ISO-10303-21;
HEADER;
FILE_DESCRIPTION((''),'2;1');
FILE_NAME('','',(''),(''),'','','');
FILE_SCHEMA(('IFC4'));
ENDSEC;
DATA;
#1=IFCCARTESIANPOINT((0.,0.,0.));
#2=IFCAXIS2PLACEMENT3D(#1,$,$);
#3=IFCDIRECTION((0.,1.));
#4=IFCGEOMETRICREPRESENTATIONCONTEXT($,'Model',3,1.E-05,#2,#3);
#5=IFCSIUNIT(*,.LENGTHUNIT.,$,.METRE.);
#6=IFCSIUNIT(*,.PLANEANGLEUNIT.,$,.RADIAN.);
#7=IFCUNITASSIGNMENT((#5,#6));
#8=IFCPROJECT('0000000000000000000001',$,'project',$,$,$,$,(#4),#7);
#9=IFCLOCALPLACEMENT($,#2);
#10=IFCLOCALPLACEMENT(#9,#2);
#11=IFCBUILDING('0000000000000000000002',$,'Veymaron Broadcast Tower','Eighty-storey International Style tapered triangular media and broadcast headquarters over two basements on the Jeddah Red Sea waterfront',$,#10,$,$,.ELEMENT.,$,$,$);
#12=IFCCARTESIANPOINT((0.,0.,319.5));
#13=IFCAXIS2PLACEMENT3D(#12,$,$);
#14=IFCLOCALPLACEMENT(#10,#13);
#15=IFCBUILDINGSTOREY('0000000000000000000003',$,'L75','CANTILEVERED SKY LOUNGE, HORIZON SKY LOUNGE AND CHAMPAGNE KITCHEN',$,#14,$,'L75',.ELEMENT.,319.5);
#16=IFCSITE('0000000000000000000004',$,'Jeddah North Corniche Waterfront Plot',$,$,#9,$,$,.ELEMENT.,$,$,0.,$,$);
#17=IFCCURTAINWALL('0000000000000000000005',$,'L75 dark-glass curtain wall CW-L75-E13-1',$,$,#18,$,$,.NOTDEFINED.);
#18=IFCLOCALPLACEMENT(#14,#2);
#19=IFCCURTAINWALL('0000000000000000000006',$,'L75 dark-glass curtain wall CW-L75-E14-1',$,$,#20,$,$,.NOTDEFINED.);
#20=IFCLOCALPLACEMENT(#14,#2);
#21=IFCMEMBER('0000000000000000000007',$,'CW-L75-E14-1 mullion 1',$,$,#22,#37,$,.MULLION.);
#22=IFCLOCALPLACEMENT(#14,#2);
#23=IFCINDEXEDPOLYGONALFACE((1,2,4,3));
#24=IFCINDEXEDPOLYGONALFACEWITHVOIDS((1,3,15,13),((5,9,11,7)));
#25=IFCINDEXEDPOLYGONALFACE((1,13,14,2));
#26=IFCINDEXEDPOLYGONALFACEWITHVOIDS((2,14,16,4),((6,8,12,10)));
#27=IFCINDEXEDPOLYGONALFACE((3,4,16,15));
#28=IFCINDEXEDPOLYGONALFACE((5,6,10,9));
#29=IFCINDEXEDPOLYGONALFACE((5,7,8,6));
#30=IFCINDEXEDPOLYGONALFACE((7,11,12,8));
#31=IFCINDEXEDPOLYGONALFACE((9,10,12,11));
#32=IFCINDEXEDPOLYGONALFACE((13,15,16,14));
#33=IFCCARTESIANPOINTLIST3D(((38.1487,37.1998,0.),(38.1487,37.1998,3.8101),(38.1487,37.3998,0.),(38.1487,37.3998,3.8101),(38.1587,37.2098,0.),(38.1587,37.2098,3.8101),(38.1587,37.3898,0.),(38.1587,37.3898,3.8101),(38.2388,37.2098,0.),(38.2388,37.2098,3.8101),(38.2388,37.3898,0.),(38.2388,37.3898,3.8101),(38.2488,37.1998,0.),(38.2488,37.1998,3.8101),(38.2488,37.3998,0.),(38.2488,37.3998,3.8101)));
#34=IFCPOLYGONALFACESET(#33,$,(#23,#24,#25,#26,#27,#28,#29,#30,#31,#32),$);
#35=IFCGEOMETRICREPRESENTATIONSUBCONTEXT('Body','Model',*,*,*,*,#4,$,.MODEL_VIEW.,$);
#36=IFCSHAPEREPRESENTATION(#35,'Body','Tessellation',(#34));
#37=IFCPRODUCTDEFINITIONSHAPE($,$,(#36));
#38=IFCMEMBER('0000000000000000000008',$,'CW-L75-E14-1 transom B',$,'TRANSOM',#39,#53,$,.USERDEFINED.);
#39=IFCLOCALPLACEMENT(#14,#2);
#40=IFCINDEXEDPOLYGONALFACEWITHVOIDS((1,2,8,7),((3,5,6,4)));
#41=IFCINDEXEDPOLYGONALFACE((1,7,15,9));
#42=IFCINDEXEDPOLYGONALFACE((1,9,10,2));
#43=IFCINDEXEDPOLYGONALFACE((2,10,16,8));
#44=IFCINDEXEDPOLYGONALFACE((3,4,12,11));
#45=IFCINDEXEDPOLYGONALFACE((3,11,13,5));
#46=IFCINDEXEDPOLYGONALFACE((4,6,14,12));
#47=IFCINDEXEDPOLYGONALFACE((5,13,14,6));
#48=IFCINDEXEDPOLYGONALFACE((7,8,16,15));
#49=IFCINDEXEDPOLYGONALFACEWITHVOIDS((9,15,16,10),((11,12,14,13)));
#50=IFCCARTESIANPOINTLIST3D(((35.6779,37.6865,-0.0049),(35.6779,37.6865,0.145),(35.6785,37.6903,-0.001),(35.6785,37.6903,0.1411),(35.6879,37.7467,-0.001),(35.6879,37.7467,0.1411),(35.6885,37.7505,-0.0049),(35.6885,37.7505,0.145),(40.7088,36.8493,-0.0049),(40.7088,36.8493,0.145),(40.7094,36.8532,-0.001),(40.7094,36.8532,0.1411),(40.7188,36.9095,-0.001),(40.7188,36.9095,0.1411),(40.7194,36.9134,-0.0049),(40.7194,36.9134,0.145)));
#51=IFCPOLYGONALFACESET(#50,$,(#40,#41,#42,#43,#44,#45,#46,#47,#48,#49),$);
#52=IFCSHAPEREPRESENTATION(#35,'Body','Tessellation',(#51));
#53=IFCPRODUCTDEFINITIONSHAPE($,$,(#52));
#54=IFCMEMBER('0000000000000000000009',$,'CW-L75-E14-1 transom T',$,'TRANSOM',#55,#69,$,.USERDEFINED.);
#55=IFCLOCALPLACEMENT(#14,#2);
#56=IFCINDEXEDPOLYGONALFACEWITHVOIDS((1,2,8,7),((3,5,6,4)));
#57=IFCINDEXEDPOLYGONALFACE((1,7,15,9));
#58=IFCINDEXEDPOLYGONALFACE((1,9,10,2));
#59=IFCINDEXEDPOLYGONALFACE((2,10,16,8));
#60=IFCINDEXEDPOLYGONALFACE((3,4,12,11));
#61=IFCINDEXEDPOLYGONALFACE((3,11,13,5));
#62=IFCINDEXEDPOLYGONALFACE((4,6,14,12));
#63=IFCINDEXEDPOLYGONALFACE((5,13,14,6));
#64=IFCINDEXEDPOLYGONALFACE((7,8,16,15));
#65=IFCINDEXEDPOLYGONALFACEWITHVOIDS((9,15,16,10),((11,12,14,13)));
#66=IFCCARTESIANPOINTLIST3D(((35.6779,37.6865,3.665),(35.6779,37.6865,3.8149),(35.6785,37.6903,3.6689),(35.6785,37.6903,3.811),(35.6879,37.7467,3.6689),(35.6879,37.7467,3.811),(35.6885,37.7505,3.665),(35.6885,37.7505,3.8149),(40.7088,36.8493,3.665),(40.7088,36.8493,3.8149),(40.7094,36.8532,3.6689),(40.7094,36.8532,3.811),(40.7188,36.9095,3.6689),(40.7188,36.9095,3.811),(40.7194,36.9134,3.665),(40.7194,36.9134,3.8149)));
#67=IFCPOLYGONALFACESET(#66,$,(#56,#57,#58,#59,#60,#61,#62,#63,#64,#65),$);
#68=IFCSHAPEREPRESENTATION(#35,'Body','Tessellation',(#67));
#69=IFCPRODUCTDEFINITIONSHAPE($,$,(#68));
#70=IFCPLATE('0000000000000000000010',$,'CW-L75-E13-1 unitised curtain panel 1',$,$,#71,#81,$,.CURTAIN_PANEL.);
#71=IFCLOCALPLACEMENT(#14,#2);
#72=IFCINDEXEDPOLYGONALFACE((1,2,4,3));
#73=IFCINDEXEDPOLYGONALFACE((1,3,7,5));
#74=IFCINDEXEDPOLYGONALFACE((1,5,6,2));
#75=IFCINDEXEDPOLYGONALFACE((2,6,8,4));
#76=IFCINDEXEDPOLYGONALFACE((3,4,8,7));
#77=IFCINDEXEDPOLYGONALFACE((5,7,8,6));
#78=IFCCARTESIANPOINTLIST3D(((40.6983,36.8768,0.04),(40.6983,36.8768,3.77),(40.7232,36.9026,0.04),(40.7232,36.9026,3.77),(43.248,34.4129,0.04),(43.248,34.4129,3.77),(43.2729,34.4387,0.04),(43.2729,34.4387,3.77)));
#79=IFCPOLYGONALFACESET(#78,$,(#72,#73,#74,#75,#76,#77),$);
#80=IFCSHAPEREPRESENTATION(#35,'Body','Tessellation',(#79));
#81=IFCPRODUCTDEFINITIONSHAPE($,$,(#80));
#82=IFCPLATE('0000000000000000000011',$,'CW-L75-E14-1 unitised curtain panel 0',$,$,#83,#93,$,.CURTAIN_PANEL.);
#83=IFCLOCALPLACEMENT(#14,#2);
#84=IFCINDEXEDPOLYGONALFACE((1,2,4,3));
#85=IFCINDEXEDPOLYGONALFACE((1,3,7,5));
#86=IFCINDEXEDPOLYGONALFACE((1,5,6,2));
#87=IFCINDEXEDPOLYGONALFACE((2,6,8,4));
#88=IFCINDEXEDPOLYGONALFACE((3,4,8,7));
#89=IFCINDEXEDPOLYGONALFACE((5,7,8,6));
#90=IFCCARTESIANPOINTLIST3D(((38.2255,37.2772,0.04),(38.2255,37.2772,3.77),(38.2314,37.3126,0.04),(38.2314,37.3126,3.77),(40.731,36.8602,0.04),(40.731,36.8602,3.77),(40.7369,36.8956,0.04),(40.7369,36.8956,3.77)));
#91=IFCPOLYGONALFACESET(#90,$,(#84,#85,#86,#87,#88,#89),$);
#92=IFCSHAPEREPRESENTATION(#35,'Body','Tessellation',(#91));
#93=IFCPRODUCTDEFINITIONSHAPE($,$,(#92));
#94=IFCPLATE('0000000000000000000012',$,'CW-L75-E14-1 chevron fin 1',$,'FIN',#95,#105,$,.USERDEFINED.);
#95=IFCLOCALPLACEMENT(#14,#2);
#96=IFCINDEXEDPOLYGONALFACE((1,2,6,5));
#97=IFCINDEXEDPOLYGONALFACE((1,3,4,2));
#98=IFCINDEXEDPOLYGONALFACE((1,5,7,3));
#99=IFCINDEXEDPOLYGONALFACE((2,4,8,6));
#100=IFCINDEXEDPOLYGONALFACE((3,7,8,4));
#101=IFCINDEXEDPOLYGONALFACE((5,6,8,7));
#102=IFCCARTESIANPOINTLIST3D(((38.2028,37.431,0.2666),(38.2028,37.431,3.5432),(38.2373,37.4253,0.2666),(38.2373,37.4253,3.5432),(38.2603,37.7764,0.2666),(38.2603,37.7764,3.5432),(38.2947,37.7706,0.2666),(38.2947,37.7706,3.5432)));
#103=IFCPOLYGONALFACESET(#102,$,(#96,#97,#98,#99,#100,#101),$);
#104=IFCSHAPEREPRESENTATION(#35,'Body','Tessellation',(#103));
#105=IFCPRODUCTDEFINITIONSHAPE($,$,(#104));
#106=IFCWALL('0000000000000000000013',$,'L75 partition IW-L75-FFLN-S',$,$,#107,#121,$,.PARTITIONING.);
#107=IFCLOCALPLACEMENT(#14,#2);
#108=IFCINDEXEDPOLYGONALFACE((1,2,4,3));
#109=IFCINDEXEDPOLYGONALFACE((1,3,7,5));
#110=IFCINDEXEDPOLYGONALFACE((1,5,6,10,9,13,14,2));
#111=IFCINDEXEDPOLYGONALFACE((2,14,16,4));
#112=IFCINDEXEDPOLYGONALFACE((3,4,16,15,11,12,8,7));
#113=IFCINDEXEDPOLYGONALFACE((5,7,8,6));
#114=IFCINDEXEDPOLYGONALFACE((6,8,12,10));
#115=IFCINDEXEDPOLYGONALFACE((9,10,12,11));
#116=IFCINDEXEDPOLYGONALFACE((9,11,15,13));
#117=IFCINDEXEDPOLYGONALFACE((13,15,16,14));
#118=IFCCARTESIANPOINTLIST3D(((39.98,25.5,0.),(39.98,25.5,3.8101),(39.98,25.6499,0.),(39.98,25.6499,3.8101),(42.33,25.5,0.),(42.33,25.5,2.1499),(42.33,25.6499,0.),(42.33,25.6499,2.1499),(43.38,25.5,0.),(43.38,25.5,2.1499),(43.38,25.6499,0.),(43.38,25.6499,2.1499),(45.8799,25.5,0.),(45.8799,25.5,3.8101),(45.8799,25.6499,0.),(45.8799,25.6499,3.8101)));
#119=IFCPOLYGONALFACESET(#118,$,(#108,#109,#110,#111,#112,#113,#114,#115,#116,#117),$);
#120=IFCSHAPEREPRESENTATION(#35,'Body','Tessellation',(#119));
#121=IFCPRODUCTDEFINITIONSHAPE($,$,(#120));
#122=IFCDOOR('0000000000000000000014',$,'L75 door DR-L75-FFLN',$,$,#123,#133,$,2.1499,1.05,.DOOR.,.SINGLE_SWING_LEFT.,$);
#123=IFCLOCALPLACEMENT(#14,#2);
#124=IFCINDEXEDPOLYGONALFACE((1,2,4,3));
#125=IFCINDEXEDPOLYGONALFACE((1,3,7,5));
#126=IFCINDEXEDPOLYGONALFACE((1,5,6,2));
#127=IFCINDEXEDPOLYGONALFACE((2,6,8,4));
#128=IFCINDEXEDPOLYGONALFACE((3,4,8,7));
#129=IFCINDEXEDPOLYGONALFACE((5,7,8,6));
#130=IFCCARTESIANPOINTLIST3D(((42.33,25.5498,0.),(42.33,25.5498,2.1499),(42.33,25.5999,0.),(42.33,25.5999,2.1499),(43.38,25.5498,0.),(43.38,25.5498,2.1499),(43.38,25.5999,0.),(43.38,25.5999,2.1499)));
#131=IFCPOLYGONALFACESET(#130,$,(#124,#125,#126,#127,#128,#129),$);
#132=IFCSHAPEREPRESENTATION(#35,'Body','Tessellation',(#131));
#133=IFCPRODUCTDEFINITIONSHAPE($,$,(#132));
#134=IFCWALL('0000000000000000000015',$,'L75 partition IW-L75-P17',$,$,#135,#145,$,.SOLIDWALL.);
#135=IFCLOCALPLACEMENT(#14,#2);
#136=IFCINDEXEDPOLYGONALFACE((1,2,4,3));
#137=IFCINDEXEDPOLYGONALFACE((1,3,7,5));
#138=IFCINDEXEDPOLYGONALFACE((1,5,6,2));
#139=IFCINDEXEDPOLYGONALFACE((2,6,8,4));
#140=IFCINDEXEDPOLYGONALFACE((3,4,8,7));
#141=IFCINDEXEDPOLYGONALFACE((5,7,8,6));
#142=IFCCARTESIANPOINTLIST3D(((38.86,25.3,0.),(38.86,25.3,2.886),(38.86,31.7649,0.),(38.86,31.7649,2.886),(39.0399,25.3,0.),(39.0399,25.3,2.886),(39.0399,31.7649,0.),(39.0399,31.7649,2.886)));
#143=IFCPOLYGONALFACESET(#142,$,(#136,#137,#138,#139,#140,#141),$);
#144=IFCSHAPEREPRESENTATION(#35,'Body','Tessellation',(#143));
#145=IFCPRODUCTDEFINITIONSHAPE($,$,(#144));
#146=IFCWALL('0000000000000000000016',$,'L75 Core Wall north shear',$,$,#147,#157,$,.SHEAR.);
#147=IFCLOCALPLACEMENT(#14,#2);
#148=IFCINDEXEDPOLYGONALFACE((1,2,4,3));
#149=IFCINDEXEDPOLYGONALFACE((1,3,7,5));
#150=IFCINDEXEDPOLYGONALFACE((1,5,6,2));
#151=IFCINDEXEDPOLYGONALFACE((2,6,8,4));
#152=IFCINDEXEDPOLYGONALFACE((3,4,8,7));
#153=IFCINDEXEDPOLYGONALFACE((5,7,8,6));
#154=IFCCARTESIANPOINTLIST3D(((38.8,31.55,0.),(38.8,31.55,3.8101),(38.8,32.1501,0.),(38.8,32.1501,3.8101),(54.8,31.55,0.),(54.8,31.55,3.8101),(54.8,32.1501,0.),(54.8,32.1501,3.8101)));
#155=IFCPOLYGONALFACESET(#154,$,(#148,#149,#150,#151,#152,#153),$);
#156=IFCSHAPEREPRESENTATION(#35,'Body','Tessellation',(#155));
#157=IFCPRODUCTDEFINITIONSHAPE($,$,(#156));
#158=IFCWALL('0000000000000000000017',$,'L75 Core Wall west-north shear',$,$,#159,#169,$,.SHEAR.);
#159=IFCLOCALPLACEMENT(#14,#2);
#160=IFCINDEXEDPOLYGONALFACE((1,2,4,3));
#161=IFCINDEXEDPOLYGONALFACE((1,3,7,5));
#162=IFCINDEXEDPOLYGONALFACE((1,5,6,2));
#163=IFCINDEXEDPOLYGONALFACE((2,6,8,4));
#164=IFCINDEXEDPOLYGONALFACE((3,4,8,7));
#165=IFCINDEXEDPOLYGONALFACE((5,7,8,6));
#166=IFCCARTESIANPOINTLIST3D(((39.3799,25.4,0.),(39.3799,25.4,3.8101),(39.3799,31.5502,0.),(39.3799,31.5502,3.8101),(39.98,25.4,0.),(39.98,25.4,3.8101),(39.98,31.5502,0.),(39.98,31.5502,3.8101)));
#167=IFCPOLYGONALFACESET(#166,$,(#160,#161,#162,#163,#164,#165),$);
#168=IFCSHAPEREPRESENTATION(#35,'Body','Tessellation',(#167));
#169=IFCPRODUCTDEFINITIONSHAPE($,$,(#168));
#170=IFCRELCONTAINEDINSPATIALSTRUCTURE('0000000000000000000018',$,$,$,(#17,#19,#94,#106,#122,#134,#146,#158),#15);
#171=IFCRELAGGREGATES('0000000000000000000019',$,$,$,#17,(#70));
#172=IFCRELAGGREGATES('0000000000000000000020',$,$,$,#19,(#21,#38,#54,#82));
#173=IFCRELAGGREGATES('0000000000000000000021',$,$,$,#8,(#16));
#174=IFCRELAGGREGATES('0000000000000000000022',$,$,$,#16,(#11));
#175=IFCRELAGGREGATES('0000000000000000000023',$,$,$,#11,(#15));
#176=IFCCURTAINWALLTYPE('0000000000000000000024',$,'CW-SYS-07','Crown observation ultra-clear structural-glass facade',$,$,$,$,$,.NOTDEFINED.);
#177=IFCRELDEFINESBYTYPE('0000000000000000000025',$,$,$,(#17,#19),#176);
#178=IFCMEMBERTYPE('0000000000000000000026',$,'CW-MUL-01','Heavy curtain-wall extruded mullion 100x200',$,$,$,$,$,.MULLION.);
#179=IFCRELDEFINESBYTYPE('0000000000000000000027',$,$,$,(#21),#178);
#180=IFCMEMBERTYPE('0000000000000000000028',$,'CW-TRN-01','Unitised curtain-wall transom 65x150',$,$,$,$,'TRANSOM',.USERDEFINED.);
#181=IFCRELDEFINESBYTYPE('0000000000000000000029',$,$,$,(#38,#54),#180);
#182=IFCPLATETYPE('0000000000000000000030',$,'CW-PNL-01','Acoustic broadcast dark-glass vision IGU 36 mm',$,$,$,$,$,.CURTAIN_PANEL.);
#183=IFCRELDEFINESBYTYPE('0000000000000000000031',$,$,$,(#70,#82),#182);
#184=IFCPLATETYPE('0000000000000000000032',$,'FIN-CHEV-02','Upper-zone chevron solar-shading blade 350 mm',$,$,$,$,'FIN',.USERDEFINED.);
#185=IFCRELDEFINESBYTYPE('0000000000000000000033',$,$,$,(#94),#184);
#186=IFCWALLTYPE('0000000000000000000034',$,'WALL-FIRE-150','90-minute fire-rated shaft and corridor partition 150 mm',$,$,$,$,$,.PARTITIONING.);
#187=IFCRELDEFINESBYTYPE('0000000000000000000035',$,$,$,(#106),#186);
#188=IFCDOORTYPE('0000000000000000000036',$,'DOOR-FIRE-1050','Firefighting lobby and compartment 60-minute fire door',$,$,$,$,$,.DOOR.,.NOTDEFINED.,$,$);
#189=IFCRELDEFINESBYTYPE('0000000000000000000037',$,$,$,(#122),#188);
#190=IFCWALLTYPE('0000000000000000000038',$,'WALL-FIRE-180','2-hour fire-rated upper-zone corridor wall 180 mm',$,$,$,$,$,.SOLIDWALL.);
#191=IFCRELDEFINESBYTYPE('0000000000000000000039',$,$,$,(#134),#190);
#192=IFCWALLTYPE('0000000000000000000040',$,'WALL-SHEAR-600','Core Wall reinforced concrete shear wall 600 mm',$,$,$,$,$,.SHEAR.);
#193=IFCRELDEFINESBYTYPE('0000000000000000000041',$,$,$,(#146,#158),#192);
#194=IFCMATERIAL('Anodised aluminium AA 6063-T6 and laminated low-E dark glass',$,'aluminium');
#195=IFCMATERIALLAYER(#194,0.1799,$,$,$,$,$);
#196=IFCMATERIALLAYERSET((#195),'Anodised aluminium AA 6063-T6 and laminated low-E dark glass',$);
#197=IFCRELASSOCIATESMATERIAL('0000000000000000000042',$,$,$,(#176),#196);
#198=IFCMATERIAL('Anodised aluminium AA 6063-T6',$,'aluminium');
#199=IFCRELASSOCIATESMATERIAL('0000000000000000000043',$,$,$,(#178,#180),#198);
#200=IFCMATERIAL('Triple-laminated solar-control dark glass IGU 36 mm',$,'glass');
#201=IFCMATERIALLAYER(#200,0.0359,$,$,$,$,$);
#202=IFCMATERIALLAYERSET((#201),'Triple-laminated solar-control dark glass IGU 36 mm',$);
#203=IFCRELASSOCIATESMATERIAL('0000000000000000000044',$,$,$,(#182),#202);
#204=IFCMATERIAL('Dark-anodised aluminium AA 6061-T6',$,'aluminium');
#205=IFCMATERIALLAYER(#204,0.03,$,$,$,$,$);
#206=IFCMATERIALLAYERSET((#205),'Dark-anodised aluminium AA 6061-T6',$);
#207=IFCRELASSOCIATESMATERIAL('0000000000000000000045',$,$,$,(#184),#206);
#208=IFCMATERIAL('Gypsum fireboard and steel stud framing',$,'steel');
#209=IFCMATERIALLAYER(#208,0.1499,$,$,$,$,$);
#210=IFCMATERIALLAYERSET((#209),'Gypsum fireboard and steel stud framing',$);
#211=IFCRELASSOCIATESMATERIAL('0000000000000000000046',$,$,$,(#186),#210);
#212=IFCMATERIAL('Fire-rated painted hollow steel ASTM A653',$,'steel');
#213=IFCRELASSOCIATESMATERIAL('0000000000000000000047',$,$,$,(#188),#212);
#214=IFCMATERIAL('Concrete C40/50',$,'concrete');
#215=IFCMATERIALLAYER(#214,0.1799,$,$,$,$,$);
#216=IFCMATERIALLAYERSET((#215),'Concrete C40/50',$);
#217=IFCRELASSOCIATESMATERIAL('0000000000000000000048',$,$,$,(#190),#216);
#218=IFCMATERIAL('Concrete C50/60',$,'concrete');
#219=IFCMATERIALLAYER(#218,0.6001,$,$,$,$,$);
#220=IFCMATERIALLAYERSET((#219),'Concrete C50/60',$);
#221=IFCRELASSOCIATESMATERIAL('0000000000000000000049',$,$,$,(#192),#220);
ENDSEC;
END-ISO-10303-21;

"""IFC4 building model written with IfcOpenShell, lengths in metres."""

from ifc_helpers import new_model, si_unit, direction, frame, frame_2d, origin, origin_2d, place, context, subcontext, project, spatial, rectangle, hollow_rectangle, extrude, material, layer, layer_set, material_profile, profile_set, type_object, element, fill, aggregate, save


model = new_model("IFC4")

# Units and contexts
model_context = context("Model", 3, precision=1e-05, world=origin(), true_north=direction((0.0, 1.0)))
body_context = subcontext(model_context, "Body", "Model", "MODEL_VIEW")
ifc_project = project(units=[si_unit("LENGTHUNIT", "METRE"), si_unit("PLANEANGLEUNIT", "RADIAN")], contexts=[model_context])

# Site, building, storey
site_placement = place(None, origin())
site = spatial("IfcSite", under=ifc_project, at=site_placement, Name="Jeddah North Corniche Waterfront Plot", CompositionType="ELEMENT", RefElevation=0.0)
building_placement = place(site_placement, origin())
building = spatial("IfcBuilding", under=site, at=building_placement, Name="Veymaron Broadcast Tower", Description="Eighty-storey International Style tapered triangular media and broadcast headquarters over two basements on the Jeddah Red Sea waterfront", CompositionType="ELEMENT")
storey_placement = place(building_placement, frame((0.0, 0.0, 319.5)))
storey = spatial("IfcBuildingStorey", under=building, at=storey_placement, Name="L75", Description="CANTILEVERED SKY LOUNGE, HORIZON SKY LOUNGE AND CHAMPAGNE KITCHEN", LongName="L75", CompositionType="ELEMENT", Elevation=319.5)

# Curtain walls, members
ifc_material_1 = material(Name="Anodised aluminium AA 6063-T6 and laminated low-E dark glass", Category="aluminium")
ifc_layer_1 = layer(ifc_material_1, 0.1799)
ifc_layer_set_1 = layer_set([ifc_layer_1], Name="Anodised aluminium AA 6063-T6 and laminated low-E dark glass")
curtain_wall_type = type_object("IfcCurtainWallType", Name="CW-SYS-07", Description="Crown observation ultra-clear structural-glass facade", PredefinedType="NOTDEFINED", material=ifc_layer_set_1)
curtain_wall_1_placement = place(storey_placement, origin())
curtain_wall_1 = element("IfcCurtainWall", 1, at=curtain_wall_1_placement, inside=storey, type_object=curtain_wall_type, Name="L75 dark-glass curtain wall CW-L75-E13-1", PredefinedType="NOTDEFINED")
ifc_material_2 = material(Name="Anodised aluminium AA 6063-T6", Category="aluminium")
ifc_material_profile_1 = material_profile(ifc_material_2, hollow_rectangle(XDim=0.1001, YDim=0.2, WallThickness=0.01, at=origin_2d()), Name="RHS200X100X10")
ifc_profile_set_1 = profile_set([ifc_material_profile_1], Name="Anodised aluminium AA 6063-T6")
member_type_1 = type_object("IfcMemberType", Name="CW-MUL-01", Description="Heavy curtain-wall extruded mullion 100x200", PredefinedType="MULLION", material=ifc_profile_set_1)
curtain_wall_2_placement = place(storey_placement, origin())
curtain_wall_2 = element("IfcCurtainWall", 2, at=curtain_wall_2_placement, inside=storey, type_object=curtain_wall_type, Name="L75 dark-glass curtain wall CW-L75-E14-1", PredefinedType="NOTDEFINED")
member_1_placement = place(storey_placement, frame((38.1987, 37.2998, 0.0), z_axis=(0.0, 0.0, 1.0), x_axis=(1.0, 0.0, 0.0)))
member_1 = element("IfcMember", 3, at=member_1_placement, type_object=member_type_1, Name="CW-L75-E14-1 mullion 1", PredefinedType="MULLION", context=body_context, shape_type="SweptSolid", body=[
    extrude(hollow_rectangle(XDim=0.1001, YDim=0.2, WallThickness=0.01, at=origin_2d()), origin(), (0.0, 0.0, 1.0), 3.8101),
])
ifc_material_profile_2 = material_profile(ifc_material_2, hollow_rectangle(XDim=0.0649, YDim=0.1499, WallThickness=0.0039, at=origin_2d()), Name="AL150X65X4")
ifc_profile_set_2 = profile_set([ifc_material_profile_2], Name="Anodised aluminium AA 6063-T6")
member_type_2 = type_object("IfcMemberType", Name="CW-TRN-01", Description="Unitised curtain-wall transom 65x150", ElementType="TRANSOM", PredefinedType="USERDEFINED", material=ifc_profile_set_2)
member_2_placement = place(storey_placement, frame((40.7141, 36.8813, 0.0701), z_axis=(-0.986437, 0.164143, 0.0), x_axis=(-0.164143, -0.986437, 0.0)))
member_2 = element("IfcMember", 4, at=member_2_placement, type_object=member_type_2, Name="CW-L75-E14-1 transom B", ObjectType="TRANSOM", PredefinedType="USERDEFINED", context=body_context, shape_type="SweptSolid", body=[
    extrude(hollow_rectangle(XDim=0.0649, YDim=0.1499, WallThickness=0.0039, at=origin_2d()), origin(), (0.0, 0.0, 1.0), 5.1001),
])
member_3_placement = place(storey_placement, frame((40.7141, 36.8813, 3.74), z_axis=(-0.986437, 0.164143, 0.0), x_axis=(-0.164143, -0.986437, 0.0)))
member_3 = element("IfcMember", 5, at=member_3_placement, type_object=member_type_2, Name="CW-L75-E14-1 transom T", ObjectType="TRANSOM", PredefinedType="USERDEFINED", context=body_context, shape_type="SweptSolid", body=[
    extrude(hollow_rectangle(XDim=0.0649, YDim=0.1499, WallThickness=0.0039, at=origin_2d()), origin(), (0.0, 0.0, 1.0), 5.1001),
])

# Plates
ifc_material_3 = material(Name="Triple-laminated solar-control dark glass IGU 36 mm", Category="glass")
ifc_layer_2 = layer(ifc_material_3, 0.0359)
ifc_layer_set_2 = layer_set([ifc_layer_2], Name="Triple-laminated solar-control dark glass IGU 36 mm")
plate_type_1 = type_object("IfcPlateType", Name="CW-PNL-01", Description="Acoustic broadcast dark-glass vision IGU 36 mm", PredefinedType="CURTAIN_PANEL", material=ifc_layer_set_2)
plate_1_placement = place(storey_placement, frame((41.9856, 35.6577, 0.04), z_axis=(0.0, 0.0, 1.0), x_axis=(-0.719097, 0.694909, 0.0)))
plate_1 = element("IfcPlate", 6, at=plate_1_placement, type_object=plate_type_1, Name="CW-L75-E13-1 unitised curtain panel 1", PredefinedType="CURTAIN_PANEL", context=body_context, shape_type="SweptSolid", body=[
    extrude(rectangle(XDim=3.5457, YDim=0.0359, at=origin_2d()), origin(), (0.0, 0.0, 1.0), 3.73),
])
aggregate(curtain_wall_1, [plate_1])
plate_2_placement = place(storey_placement, frame((39.4812, 37.0864, 0.04), z_axis=(0.0, 0.0, 1.0), x_axis=(-0.986435, 0.164152, 0.0)))
plate_2 = element("IfcPlate", 7, at=plate_2_placement, type_object=plate_type_1, Name="CW-L75-E14-1 unitised curtain panel 0", PredefinedType="CURTAIN_PANEL", context=body_context, shape_type="SweptSolid", body=[
    extrude(rectangle(XDim=2.54, YDim=0.0359, at=origin_2d()), origin(), (0.0, 0.0, 1.0), 3.73),
])
aggregate(curtain_wall_2, [member_1, member_2, member_3, plate_2])
ifc_material_4 = material(Name="Dark-anodised aluminium AA 6061-T6", Category="aluminium")
ifc_layer_3 = layer(ifc_material_4, 0.03)
ifc_layer_set_3 = layer_set([ifc_layer_3], Name="Dark-anodised aluminium AA 6061-T6")
plate_type_2 = type_object("IfcPlateType", Name="FIN-CHEV-02", Description="Upper-zone chevron solar-shading blade 350 mm", ElementType="FIN", PredefinedType="USERDEFINED", material=ifc_layer_set_3)
plate_3_placement = place(storey_placement, frame((38.2488, 37.6008, 0.2666), z_axis=(0.0, 0.0, 1.0), x_axis=(0.164152, 0.986435, 0.0)))
element("IfcPlate", 8, at=plate_3_placement, inside=storey, type_object=plate_type_2, Name="CW-L75-E14-1 chevron fin 1", ObjectType="FIN", PredefinedType="USERDEFINED", context=body_context, shape_type="SweptSolid", body=[
    extrude(rectangle(XDim=0.3501, YDim=0.0349, at=origin_2d()), origin(), (0.0, 0.0, 1.0), 3.2766),
])

# Wall, opening, door
ifc_material_5 = material(Name="Gypsum fireboard and steel stud framing", Category="steel")
ifc_layer_4 = layer(ifc_material_5, 0.1499)
ifc_layer_set_4 = layer_set([ifc_layer_4], Name="Gypsum fireboard and steel stud framing")
wall_type_1 = type_object("IfcWallType", Name="WALL-FIRE-150", Description="90-minute fire-rated shaft and corridor partition 150 mm", PredefinedType="PARTITIONING", material=ifc_layer_set_4)
wall_1_placement = place(storey_placement, frame((39.98, 25.575, 0.0), z_axis=(0.0, 0.0, 1.0), x_axis=(1.0, 0.0, 0.0)))
wall_1 = element("IfcWall", 9, at=wall_1_placement, inside=storey, type_object=wall_type_1, Name="L75 partition IW-L75-FFLN-S", PredefinedType="PARTITIONING", context=body_context, shape_type="SweptSolid", body=[
    extrude(rectangle(XDim=5.8999, YDim=0.1499, at=frame_2d((2.95, 0.0))), origin(), (0.0, 0.0, 1.0), 3.8101),
])
opening_1_placement = place(wall_1_placement, frame((2.3501, 0.0, 0.0)))
opening_1 = element("IfcOpeningElement", 10, at=opening_1_placement, cuts=wall_1, PredefinedType="OPENING", context=body_context, shape_type="SweptSolid", body=[
    extrude(rectangle(XDim=1.05, YDim=2.1499, at=frame_2d((0.5249, 1.075))), frame((0.0, 0.085, 0.0), z_axis=(0.0, -1.0, 0.0), x_axis=(1.0, 0.0, 0.0)), (0.0, 0.0, 1.0), 0.1699),
])
ifc_material_6 = material(Name="Fire-rated painted hollow steel ASTM A653", Category="steel")
door_type_1 = type_object("IfcDoorType", Name="DOOR-FIRE-1050", Description="Firefighting lobby and compartment 60-minute fire door", OperationType="NOTDEFINED", PredefinedType="DOOR", material=ifc_material_6)
door_1_placement = place(opening_1_placement, origin())
door_1 = element("IfcDoor", 11, at=door_1_placement, inside=storey, type_object=door_type_1, Name="L75 door DR-L75-FFLN", OperationType="SINGLE_SWING_LEFT", OverallHeight=2.1499, OverallWidth=1.05, PredefinedType="DOOR", context=body_context, shape_type="SweptSolid", body=[
    extrude(rectangle(XDim=1.05, YDim=2.1499, at=frame_2d((0.5249, 1.075))), frame((0.0, 0.0249, 0.0), z_axis=(0.0, -1.0, 0.0), x_axis=(1.0, 0.0, 0.0)), (0.0, 0.0, 1.0), 0.05),
])
fill(opening_1, door_1)

# Wall
ifc_material_7 = material(Name="Concrete C40/50", Category="concrete")
ifc_layer_5 = layer(ifc_material_7, 0.1799)
ifc_layer_set_5 = layer_set([ifc_layer_5], Name="Concrete C40/50")
wall_type_2 = type_object("IfcWallType", Name="WALL-FIRE-180", Description="2-hour fire-rated upper-zone corridor wall 180 mm", PredefinedType="SOLIDWALL", material=ifc_layer_set_5)
wall_2_placement = place(storey_placement, frame((38.95, 25.3, 0.0), z_axis=(0.0, 0.0, 1.0), x_axis=(0.0, 1.0, 0.0)))
element("IfcWall", 12, at=wall_2_placement, inside=storey, type_object=wall_type_2, Name="L75 partition IW-L75-P17", PredefinedType="SOLIDWALL", context=body_context, shape_type="SweptSolid", body=[
    extrude(rectangle(XDim=6.4648, YDim=0.1799, at=frame_2d((3.2324, 0.0))), origin(), (0.0, 0.0, 1.0), 2.886),
])

# Shared definitions
ifc_material_8 = material(Name="Concrete C50/60", Category="concrete")

# Walls
ifc_layer_6 = layer(ifc_material_8, 0.6001)
ifc_layer_set_6 = layer_set([ifc_layer_6], Name="Concrete C50/60")
wall_type_3 = type_object("IfcWallType", Name="WALL-SHEAR-600", Description="Core Wall reinforced concrete shear wall 600 mm", PredefinedType="SHEAR", material=ifc_layer_set_6)
wall_3_placement = place(storey_placement, frame((38.8, 31.8501, 0.0), z_axis=(0.0, 0.0, 1.0), x_axis=(1.0, 0.0, 0.0)))
element("IfcWall", 13, at=wall_3_placement, inside=storey, type_object=wall_type_3, Name="L75 Core Wall north shear", PredefinedType="SHEAR", context=body_context, shape_type="SweptSolid", body=[
    extrude(rectangle(XDim=16.0, YDim=0.6001, at=frame_2d((8.0, 0.0))), origin(), (0.0, 0.0, 1.0), 3.8101),
])
wall_4_placement = place(storey_placement, frame((39.6799, 25.3999, 0.0), z_axis=(0.0, 0.0, 1.0), x_axis=(0.0, 1.0, 0.0)))
element("IfcWall", 14, at=wall_4_placement, inside=storey, type_object=wall_type_3, Name="L75 Core Wall west-north shear", PredefinedType="SHEAR", context=body_context, shape_type="SweptSolid", body=[
    extrude(rectangle(XDim=6.1501, YDim=0.6001, at=frame_2d((3.0752, 0.0))), origin(), (0.0, 0.0, 1.0), 3.8101),
])

save(model, "model.ifc")
